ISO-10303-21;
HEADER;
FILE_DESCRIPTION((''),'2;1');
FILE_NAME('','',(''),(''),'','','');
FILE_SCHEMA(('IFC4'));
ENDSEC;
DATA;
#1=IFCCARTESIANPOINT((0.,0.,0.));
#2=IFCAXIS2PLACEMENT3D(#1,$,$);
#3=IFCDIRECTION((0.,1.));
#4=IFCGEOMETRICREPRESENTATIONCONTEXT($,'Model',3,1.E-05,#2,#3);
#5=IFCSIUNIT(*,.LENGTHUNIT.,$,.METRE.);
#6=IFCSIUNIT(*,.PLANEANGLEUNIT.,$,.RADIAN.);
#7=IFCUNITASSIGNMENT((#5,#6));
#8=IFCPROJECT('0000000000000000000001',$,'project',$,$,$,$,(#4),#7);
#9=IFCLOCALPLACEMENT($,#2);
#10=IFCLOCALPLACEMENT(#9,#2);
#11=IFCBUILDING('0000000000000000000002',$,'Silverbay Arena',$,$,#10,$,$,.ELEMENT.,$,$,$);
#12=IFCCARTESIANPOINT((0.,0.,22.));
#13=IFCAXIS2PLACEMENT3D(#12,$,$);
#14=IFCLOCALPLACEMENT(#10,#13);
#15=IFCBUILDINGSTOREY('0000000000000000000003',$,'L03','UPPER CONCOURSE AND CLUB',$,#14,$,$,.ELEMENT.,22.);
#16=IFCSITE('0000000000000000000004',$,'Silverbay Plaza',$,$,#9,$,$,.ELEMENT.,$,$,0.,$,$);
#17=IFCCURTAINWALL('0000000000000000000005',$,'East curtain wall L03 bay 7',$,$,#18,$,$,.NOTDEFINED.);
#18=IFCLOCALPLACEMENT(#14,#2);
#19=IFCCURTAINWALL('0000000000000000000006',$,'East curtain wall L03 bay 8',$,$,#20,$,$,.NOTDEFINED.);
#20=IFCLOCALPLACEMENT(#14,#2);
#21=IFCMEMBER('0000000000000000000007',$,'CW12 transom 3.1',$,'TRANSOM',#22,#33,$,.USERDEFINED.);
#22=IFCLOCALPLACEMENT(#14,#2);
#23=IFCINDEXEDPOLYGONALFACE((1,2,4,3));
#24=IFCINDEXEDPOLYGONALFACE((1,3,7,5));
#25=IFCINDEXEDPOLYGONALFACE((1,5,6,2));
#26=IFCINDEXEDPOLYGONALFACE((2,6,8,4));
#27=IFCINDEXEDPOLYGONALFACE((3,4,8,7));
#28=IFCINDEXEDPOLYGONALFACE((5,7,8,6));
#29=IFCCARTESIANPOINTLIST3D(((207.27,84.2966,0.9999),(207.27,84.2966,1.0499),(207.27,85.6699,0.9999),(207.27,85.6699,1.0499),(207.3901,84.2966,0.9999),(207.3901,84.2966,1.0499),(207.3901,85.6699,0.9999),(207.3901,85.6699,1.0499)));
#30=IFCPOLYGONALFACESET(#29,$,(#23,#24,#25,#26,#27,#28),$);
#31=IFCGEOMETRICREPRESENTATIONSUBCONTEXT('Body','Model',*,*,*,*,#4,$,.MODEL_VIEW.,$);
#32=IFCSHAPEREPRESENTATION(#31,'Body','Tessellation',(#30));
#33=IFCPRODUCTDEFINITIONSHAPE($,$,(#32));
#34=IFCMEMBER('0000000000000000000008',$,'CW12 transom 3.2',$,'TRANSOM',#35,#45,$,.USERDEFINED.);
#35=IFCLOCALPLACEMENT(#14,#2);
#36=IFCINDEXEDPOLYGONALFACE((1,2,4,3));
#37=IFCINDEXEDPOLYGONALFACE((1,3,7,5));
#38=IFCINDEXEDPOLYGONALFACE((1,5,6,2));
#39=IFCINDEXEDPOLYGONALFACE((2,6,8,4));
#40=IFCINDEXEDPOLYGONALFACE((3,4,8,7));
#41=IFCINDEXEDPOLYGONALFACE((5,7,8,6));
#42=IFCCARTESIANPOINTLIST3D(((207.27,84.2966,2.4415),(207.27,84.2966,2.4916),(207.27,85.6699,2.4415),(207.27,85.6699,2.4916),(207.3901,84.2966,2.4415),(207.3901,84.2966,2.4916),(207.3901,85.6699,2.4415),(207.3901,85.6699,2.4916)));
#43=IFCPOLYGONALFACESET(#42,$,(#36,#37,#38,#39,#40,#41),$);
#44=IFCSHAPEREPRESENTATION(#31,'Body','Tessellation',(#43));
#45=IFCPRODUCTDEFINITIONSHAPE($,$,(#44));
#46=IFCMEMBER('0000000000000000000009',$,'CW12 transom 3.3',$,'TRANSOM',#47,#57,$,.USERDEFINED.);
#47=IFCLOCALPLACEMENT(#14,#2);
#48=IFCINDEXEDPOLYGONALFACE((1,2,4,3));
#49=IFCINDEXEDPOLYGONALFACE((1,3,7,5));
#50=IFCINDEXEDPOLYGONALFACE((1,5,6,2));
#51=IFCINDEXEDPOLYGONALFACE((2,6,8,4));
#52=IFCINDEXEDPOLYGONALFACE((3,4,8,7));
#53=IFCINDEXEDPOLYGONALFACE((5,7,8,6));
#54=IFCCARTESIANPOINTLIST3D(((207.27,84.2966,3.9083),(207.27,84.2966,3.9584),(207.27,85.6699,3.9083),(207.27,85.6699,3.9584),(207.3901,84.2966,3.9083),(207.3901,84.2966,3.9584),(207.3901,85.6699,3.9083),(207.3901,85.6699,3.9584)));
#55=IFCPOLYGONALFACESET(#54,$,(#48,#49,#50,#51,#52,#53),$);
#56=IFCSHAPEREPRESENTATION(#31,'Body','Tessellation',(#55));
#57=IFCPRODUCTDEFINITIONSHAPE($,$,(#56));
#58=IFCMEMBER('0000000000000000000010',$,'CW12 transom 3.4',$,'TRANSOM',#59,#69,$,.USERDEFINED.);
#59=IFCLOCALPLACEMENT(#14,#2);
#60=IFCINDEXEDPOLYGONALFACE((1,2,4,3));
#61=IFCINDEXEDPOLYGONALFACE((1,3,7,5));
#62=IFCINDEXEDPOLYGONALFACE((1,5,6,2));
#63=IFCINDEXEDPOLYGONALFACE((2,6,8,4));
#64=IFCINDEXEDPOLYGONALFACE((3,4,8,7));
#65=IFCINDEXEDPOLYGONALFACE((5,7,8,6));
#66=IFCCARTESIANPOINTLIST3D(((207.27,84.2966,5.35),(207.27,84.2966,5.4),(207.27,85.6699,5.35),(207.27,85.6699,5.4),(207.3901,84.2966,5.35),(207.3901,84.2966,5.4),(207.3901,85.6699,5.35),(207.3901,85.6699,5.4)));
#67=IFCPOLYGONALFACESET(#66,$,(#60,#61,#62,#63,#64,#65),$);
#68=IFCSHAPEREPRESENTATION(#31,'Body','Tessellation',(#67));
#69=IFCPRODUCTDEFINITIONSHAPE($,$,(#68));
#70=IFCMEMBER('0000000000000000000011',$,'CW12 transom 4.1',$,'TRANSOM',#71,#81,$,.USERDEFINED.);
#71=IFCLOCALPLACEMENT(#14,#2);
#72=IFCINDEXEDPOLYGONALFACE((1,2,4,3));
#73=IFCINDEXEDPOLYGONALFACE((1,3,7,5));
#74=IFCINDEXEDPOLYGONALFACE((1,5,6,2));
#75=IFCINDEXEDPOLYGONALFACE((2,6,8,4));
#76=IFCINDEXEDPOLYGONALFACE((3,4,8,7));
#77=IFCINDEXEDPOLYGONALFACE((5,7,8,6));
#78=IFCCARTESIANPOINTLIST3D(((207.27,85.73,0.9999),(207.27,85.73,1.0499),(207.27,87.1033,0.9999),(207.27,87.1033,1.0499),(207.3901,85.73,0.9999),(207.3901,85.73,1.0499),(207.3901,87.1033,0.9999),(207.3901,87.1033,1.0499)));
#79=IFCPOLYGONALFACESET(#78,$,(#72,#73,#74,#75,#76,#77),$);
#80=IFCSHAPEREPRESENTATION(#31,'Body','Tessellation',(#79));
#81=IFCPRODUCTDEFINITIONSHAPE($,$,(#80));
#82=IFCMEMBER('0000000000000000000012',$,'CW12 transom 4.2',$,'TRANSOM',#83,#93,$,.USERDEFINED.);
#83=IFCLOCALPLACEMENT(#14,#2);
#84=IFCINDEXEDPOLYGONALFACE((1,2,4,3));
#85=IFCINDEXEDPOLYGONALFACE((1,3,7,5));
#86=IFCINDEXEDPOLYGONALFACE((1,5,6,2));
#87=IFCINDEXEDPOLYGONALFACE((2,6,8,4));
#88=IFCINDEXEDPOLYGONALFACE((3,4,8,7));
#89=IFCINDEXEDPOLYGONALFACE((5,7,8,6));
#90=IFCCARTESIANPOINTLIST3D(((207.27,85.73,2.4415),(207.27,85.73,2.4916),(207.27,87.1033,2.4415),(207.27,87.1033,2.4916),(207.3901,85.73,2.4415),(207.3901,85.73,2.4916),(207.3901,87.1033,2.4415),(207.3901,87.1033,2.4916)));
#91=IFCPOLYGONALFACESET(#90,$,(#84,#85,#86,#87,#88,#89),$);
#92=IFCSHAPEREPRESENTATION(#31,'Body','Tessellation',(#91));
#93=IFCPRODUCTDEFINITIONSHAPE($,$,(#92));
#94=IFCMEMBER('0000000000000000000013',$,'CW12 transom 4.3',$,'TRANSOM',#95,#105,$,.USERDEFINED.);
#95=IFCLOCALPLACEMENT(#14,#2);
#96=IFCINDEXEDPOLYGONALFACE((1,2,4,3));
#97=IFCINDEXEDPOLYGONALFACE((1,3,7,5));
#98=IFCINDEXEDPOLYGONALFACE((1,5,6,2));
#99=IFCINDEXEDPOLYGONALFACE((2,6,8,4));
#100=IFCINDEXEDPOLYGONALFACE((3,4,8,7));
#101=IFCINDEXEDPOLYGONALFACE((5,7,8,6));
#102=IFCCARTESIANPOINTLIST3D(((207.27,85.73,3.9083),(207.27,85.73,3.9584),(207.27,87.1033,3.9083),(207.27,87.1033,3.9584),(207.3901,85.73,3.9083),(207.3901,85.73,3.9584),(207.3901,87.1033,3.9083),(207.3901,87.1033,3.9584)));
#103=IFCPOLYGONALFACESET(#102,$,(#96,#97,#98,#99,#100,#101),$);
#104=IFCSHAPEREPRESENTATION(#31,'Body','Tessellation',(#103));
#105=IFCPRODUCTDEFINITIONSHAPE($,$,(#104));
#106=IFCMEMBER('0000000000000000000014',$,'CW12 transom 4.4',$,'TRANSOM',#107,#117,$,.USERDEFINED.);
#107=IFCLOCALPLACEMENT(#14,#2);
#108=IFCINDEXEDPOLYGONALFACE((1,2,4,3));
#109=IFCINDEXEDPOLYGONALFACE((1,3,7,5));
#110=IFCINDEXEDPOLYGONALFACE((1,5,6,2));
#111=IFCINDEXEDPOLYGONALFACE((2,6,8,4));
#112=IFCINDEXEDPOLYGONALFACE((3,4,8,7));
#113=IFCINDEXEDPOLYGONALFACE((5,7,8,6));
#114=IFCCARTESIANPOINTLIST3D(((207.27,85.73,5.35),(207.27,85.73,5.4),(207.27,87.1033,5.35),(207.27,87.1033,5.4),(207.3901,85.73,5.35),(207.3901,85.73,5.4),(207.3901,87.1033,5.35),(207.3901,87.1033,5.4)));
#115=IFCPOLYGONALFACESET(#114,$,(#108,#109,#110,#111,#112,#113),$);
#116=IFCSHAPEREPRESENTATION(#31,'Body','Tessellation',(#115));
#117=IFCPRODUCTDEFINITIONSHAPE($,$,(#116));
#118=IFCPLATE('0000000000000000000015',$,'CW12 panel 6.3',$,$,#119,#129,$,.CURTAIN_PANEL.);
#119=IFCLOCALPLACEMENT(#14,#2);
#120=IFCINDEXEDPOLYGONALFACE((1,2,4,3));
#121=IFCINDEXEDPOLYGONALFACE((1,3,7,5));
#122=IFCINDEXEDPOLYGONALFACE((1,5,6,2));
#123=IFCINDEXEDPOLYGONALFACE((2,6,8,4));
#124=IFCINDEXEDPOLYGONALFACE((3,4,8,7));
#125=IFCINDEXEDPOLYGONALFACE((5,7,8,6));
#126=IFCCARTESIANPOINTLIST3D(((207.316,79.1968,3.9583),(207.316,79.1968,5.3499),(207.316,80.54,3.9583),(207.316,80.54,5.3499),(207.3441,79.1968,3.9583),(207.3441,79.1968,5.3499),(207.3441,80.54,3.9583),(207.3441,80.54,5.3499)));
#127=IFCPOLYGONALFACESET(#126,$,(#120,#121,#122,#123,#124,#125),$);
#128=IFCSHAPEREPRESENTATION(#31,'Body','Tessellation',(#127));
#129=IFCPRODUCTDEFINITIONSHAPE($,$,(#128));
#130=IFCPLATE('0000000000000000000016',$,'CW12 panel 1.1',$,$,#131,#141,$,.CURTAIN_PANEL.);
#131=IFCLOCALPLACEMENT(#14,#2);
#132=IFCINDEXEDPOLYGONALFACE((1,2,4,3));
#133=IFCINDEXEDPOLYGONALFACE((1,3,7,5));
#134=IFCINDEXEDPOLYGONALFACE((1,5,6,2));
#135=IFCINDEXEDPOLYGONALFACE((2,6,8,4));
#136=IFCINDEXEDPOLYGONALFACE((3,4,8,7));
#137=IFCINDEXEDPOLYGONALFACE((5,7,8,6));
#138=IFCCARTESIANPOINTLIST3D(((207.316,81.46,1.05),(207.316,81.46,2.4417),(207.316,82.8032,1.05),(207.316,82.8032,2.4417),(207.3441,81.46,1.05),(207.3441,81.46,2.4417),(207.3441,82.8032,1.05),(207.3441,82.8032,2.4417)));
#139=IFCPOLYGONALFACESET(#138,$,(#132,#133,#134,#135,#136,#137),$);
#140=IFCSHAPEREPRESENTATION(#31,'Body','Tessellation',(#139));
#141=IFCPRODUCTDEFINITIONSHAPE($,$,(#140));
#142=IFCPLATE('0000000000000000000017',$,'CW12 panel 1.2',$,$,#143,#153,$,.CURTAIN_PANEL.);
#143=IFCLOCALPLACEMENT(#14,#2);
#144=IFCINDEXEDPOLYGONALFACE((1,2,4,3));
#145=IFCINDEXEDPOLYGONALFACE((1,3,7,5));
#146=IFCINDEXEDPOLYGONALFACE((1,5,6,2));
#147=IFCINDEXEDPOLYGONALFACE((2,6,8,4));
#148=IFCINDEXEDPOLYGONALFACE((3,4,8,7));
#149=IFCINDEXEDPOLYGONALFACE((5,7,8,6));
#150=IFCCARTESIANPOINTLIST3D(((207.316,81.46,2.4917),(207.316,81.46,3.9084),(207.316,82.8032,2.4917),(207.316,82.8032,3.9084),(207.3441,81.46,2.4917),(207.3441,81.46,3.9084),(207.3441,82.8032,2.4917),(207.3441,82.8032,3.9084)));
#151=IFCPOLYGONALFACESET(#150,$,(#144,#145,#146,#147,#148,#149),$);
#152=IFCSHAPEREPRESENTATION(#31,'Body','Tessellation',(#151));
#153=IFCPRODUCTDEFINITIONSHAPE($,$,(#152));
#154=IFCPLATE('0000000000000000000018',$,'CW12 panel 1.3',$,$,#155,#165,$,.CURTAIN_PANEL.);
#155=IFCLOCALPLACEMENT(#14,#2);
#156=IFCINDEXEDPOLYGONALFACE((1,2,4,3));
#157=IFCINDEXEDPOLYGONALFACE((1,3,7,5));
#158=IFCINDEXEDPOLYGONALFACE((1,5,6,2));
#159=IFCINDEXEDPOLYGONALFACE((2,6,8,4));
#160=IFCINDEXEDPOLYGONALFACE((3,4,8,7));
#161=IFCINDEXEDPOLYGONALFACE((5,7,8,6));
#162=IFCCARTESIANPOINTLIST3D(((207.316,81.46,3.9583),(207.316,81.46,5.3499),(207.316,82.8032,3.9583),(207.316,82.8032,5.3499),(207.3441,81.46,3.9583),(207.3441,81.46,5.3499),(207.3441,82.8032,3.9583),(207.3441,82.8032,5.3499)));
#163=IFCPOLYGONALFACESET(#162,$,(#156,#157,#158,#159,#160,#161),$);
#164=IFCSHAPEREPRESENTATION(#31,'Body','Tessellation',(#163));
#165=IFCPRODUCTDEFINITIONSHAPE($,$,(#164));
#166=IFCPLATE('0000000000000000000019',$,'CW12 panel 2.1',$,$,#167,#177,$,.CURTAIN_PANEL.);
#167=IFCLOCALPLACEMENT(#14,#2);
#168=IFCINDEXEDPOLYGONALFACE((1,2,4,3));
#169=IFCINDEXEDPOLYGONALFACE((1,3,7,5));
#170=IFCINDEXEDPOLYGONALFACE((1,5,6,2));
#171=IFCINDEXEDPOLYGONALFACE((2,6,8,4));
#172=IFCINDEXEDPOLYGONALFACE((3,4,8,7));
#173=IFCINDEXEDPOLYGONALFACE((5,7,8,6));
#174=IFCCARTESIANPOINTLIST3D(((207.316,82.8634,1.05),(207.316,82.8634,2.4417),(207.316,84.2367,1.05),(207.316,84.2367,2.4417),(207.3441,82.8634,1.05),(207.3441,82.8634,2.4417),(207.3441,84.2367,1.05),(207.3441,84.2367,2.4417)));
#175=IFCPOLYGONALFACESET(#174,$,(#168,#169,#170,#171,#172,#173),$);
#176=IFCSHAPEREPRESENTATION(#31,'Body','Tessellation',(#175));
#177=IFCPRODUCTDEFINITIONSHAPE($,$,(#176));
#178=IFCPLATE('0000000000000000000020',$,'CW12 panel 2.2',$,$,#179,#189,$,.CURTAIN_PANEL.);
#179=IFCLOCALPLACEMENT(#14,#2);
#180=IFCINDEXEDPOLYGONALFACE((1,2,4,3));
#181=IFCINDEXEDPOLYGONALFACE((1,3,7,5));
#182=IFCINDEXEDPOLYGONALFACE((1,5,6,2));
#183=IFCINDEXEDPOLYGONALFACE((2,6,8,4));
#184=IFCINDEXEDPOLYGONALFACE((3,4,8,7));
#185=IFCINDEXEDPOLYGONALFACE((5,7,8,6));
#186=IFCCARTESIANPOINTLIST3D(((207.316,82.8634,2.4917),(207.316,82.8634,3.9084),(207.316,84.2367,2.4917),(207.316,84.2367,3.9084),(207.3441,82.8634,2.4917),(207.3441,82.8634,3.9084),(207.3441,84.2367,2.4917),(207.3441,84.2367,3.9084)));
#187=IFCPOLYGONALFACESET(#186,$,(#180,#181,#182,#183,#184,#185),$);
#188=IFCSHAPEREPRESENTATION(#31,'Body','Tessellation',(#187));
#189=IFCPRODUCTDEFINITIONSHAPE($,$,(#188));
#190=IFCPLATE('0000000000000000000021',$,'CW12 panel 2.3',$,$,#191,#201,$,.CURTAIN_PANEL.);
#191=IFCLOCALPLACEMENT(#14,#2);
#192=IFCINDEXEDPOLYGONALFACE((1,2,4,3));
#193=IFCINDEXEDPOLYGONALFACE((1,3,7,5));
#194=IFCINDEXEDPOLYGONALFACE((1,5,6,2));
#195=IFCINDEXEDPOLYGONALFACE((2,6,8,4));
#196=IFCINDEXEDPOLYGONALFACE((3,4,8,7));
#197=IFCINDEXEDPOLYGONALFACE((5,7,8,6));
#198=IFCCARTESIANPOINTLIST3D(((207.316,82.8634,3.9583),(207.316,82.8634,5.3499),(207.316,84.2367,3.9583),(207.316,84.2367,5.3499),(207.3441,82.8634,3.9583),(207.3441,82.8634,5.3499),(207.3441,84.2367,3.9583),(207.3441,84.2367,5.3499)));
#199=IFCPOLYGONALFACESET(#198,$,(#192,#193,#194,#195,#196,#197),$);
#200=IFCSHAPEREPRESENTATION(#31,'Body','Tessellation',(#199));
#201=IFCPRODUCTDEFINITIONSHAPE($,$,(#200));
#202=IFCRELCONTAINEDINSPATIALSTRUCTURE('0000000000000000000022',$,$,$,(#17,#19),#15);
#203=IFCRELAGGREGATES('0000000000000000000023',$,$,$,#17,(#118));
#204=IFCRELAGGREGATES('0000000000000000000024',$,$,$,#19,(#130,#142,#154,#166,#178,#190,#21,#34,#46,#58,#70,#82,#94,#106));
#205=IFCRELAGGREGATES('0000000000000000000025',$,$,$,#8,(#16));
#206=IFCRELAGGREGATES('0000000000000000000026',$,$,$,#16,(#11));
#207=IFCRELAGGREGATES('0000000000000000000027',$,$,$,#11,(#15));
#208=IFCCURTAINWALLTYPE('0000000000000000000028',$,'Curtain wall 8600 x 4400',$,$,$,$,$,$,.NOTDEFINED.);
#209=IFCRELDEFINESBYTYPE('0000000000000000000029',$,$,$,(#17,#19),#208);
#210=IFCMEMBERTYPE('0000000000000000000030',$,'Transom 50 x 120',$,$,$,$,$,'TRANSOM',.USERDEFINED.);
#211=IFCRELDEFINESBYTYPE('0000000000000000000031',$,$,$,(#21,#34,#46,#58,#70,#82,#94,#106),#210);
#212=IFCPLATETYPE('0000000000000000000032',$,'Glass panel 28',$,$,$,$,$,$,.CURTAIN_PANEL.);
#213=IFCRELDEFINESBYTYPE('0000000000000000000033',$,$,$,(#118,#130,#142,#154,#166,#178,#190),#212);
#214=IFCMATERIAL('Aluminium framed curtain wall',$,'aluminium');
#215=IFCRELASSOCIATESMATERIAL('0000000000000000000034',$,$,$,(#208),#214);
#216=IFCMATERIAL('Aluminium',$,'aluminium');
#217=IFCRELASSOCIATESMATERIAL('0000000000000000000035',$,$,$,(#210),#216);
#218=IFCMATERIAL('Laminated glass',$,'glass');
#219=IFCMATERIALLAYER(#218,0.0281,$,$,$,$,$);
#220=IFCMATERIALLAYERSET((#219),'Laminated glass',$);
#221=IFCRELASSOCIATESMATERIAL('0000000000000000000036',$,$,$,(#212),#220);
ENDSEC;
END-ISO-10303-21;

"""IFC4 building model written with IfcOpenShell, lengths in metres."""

from ifc_helpers import new_model, si_unit, direction, frame, origin, origin_2d, place, context, subcontext, project, spatial, rectangle, extrude, material, layer, layer_set, material_profile, profile_set, type_object, element, aggregate, save


model = new_model("IFC4")

# Units and contexts
model_context = context("Model", 3, precision=1e-05, world=origin(), true_north=direction((0.0, 1.0)))
body_context = subcontext(model_context, "Body", "Model", "MODEL_VIEW")
ifc_project = project(units=[si_unit("LENGTHUNIT", "METRE"), si_unit("PLANEANGLEUNIT", "RADIAN")], contexts=[model_context])

# Site, building, storey
site_placement = place(None, origin())
site = spatial("IfcSite", under=ifc_project, at=site_placement, Name="Silverbay Plaza", CompositionType="ELEMENT", RefElevation=0.0)
building_placement = place(site_placement, origin())
building = spatial("IfcBuilding", under=site, at=building_placement, Name="Silverbay Arena", CompositionType="ELEMENT")
storey_placement = place(building_placement, frame((0.0, 0.0, 22.0)))
storey = spatial("IfcBuildingStorey", under=building, at=storey_placement, Name="L03", Description="UPPER CONCOURSE AND CLUB", CompositionType="ELEMENT", Elevation=22.0)

# Curtain wall
ifc_material_1 = material(Name="Aluminium framed curtain wall", Category="aluminium")
curtain_wall_type = type_object("IfcCurtainWallType", Name="Curtain wall 8600 x 4400", PredefinedType="NOTDEFINED", material=ifc_material_1)
curtain_wall_1_placement = place(storey_placement, origin())
curtain_wall_1 = element("IfcCurtainWall", 1, at=curtain_wall_1_placement, inside=storey, type_object=curtain_wall_type, Name="East curtain wall L03 bay 7", PredefinedType="NOTDEFINED")

# Curtain wall
curtain_wall_2_placement = place(storey_placement, origin())
curtain_wall_2 = element("IfcCurtainWall", 2, at=curtain_wall_2_placement, inside=storey, type_object=curtain_wall_type, Name="East curtain wall L03 bay 8", PredefinedType="NOTDEFINED")

# Members
ifc_material_2 = material(Name="Aluminium", Category="aluminium")
ifc_material_profile_1 = material_profile(ifc_material_2, rectangle(XDim=0.1201, YDim=0.05, at=origin_2d()), Name="Transom 50 x 120")
ifc_profile_set_1 = profile_set([ifc_material_profile_1], Name="Aluminium")
member_type_1 = type_object("IfcMemberType", Name="Transom 50 x 120", ElementType="TRANSOM", PredefinedType="USERDEFINED", material=ifc_profile_set_1)
member_1_placement = place(storey_placement, frame((207.3301, 84.2966, 1.0249), z_axis=(0.0, 1.0, 0.0), x_axis=(-1.0, 0.0, 0.0)))
member_1 = element("IfcMember", 3, at=member_1_placement, type_object=member_type_1, Name="CW12 transom 3.1", ObjectType="TRANSOM", PredefinedType="USERDEFINED", context=body_context, shape_type="SweptSolid", body=[
    extrude(rectangle(XDim=0.1201, YDim=0.05, at=origin_2d()), origin(), (0.0, 0.0, 1.0), 1.3733),
])
member_2_placement = place(storey_placement, frame((207.3301, 84.2966, 2.4666), z_axis=(0.0, 1.0, 0.0), x_axis=(-1.0, 0.0, 0.0)))
member_2 = element("IfcMember", 4, at=member_2_placement, type_object=member_type_1, Name="CW12 transom 3.2", ObjectType="TRANSOM", PredefinedType="USERDEFINED", context=body_context, shape_type="SweptSolid", body=[
    extrude(rectangle(XDim=0.1201, YDim=0.05, at=origin_2d()), origin(), (0.0, 0.0, 1.0), 1.3733),
])
member_3_placement = place(storey_placement, frame((207.3301, 84.2966, 3.9333), z_axis=(0.0, 1.0, 0.0), x_axis=(-1.0, 0.0, 0.0)))
member_3 = element("IfcMember", 5, at=member_3_placement, type_object=member_type_1, Name="CW12 transom 3.3", ObjectType="TRANSOM", PredefinedType="USERDEFINED", context=body_context, shape_type="SweptSolid", body=[
    extrude(rectangle(XDim=0.1201, YDim=0.05, at=origin_2d()), origin(), (0.0, 0.0, 1.0), 1.3733),
])
member_4_placement = place(storey_placement, frame((207.3301, 84.2966, 5.375), z_axis=(0.0, 1.0, 0.0), x_axis=(-1.0, 0.0, 0.0)))
member_4 = element("IfcMember", 6, at=member_4_placement, type_object=member_type_1, Name="CW12 transom 3.4", ObjectType="TRANSOM", PredefinedType="USERDEFINED", context=body_context, shape_type="SweptSolid", body=[
    extrude(rectangle(XDim=0.1201, YDim=0.05, at=origin_2d()), origin(), (0.0, 0.0, 1.0), 1.3733),
])
member_5_placement = place(storey_placement, frame((207.3301, 85.73, 1.0249), z_axis=(0.0, 1.0, 0.0), x_axis=(-1.0, 0.0, 0.0)))
member_5 = element("IfcMember", 7, at=member_5_placement, type_object=member_type_1, Name="CW12 transom 4.1", ObjectType="TRANSOM", PredefinedType="USERDEFINED", context=body_context, shape_type="SweptSolid", body=[
    extrude(rectangle(XDim=0.1201, YDim=0.05, at=origin_2d()), origin(), (0.0, 0.0, 1.0), 1.3733),
])
member_6_placement = place(storey_placement, frame((207.3301, 85.73, 2.4666), z_axis=(0.0, 1.0, 0.0), x_axis=(-1.0, 0.0, 0.0)))
member_6 = element("IfcMember", 8, at=member_6_placement, type_object=member_type_1, Name="CW12 transom 4.2", ObjectType="TRANSOM", PredefinedType="USERDEFINED", context=body_context, shape_type="SweptSolid", body=[
    extrude(rectangle(XDim=0.1201, YDim=0.05, at=origin_2d()), origin(), (0.0, 0.0, 1.0), 1.3733),
])
member_7_placement = place(storey_placement, frame((207.3301, 85.73, 3.9333), z_axis=(0.0, 1.0, 0.0), x_axis=(-1.0, 0.0, 0.0)))
member_7 = element("IfcMember", 9, at=member_7_placement, type_object=member_type_1, Name="CW12 transom 4.3", ObjectType="TRANSOM", PredefinedType="USERDEFINED", context=body_context, shape_type="SweptSolid", body=[
    extrude(rectangle(XDim=0.1201, YDim=0.05, at=origin_2d()), origin(), (0.0, 0.0, 1.0), 1.3733),
])
member_8_placement = place(storey_placement, frame((207.3301, 85.73, 5.375), z_axis=(0.0, 1.0, 0.0), x_axis=(-1.0, 0.0, 0.0)))
member_8 = element("IfcMember", 10, at=member_8_placement, type_object=member_type_1, Name="CW12 transom 4.4", ObjectType="TRANSOM", PredefinedType="USERDEFINED", context=body_context, shape_type="SweptSolid", body=[
    extrude(rectangle(XDim=0.1201, YDim=0.05, at=origin_2d()), origin(), (0.0, 0.0, 1.0), 1.3733),
])

# Plates
ifc_material_3 = material(Name="Laminated glass", Category="glass")
ifc_layer_1 = layer(ifc_material_3, 0.0281)
ifc_layer_set_1 = layer_set([ifc_layer_1], Name="Laminated glass")
plate_type = type_object("IfcPlateType", Name="Glass panel 28", PredefinedType="CURTAIN_PANEL", material=ifc_layer_set_1)
plate_1_placement = place(storey_placement, frame((207.3301, 79.8684, 3.9583), z_axis=(0.0, 0.0, 1.0), x_axis=(0.0, 1.0, 0.0)))
plate_1 = element("IfcPlate", 11, at=plate_1_placement, type_object=plate_type, Name="CW12 panel 6.3", PredefinedType="CURTAIN_PANEL", context=body_context, shape_type="SweptSolid", body=[
    extrude(rectangle(XDim=1.3433, YDim=0.0281, at=origin_2d()), origin(), (0.0, 0.0, 1.0), 1.3916),
])
aggregate(curtain_wall_1, [plate_1])
plate_2_placement = place(storey_placement, frame((207.3301, 82.1316, 1.05), z_axis=(0.0, 0.0, 1.0), x_axis=(0.0, 1.0, 0.0)))
plate_2 = element("IfcPlate", 12, at=plate_2_placement, type_object=plate_type, Name="CW12 panel 1.1", PredefinedType="CURTAIN_PANEL", context=body_context, shape_type="SweptSolid", body=[
    extrude(rectangle(XDim=1.3433, YDim=0.0281, at=origin_2d()), origin(), (0.0, 0.0, 1.0), 1.3916),
])
plate_3_placement = place(storey_placement, frame((207.3301, 82.1316, 2.4917), z_axis=(0.0, 0.0, 1.0), x_axis=(0.0, 1.0, 0.0)))
plate_3 = element("IfcPlate", 13, at=plate_3_placement, type_object=plate_type, Name="CW12 panel 1.2", PredefinedType="CURTAIN_PANEL", context=body_context, shape_type="SweptSolid", body=[
    extrude(rectangle(XDim=1.3433, YDim=0.0281, at=origin_2d()), origin(), (0.0, 0.0, 1.0), 1.4167),
])
plate_4_placement = place(storey_placement, frame((207.3301, 82.1316, 3.9583), z_axis=(0.0, 0.0, 1.0), x_axis=(0.0, 1.0, 0.0)))
plate_4 = element("IfcPlate", 14, at=plate_4_placement, type_object=plate_type, Name="CW12 panel 1.3", PredefinedType="CURTAIN_PANEL", context=body_context, shape_type="SweptSolid", body=[
    extrude(rectangle(XDim=1.3433, YDim=0.0281, at=origin_2d()), origin(), (0.0, 0.0, 1.0), 1.3916),
])
plate_5_placement = place(storey_placement, frame((207.3301, 83.55, 1.05), z_axis=(0.0, 0.0, 1.0), x_axis=(0.0, 1.0, 0.0)))
plate_5 = element("IfcPlate", 15, at=plate_5_placement, type_object=plate_type, Name="CW12 panel 2.1", PredefinedType="CURTAIN_PANEL", context=body_context, shape_type="SweptSolid", body=[
    extrude(rectangle(XDim=1.3733, YDim=0.0281, at=origin_2d()), origin(), (0.0, 0.0, 1.0), 1.3916),
])
plate_6_placement = place(storey_placement, frame((207.3301, 83.55, 2.4917), z_axis=(0.0, 0.0, 1.0), x_axis=(0.0, 1.0, 0.0)))
plate_6 = element("IfcPlate", 16, at=plate_6_placement, type_object=plate_type, Name="CW12 panel 2.2", PredefinedType="CURTAIN_PANEL", context=body_context, shape_type="SweptSolid", body=[
    extrude(rectangle(XDim=1.3733, YDim=0.0281, at=origin_2d()), origin(), (0.0, 0.0, 1.0), 1.4167),
])
plate_7_placement = place(storey_placement, frame((207.3301, 83.55, 3.9583), z_axis=(0.0, 0.0, 1.0), x_axis=(0.0, 1.0, 0.0)))
plate_7 = element("IfcPlate", 17, at=plate_7_placement, type_object=plate_type, Name="CW12 panel 2.3", PredefinedType="CURTAIN_PANEL", context=body_context, shape_type="SweptSolid", body=[
    extrude(rectangle(XDim=1.3733, YDim=0.0281, at=origin_2d()), origin(), (0.0, 0.0, 1.0), 1.3916),
])
aggregate(curtain_wall_2, [plate_2, plate_3, plate_4, plate_5, plate_6, plate_7, member_1, member_2, member_3, member_4, member_5, member_6, member_7, member_8])

save(model, "model.ifc")
